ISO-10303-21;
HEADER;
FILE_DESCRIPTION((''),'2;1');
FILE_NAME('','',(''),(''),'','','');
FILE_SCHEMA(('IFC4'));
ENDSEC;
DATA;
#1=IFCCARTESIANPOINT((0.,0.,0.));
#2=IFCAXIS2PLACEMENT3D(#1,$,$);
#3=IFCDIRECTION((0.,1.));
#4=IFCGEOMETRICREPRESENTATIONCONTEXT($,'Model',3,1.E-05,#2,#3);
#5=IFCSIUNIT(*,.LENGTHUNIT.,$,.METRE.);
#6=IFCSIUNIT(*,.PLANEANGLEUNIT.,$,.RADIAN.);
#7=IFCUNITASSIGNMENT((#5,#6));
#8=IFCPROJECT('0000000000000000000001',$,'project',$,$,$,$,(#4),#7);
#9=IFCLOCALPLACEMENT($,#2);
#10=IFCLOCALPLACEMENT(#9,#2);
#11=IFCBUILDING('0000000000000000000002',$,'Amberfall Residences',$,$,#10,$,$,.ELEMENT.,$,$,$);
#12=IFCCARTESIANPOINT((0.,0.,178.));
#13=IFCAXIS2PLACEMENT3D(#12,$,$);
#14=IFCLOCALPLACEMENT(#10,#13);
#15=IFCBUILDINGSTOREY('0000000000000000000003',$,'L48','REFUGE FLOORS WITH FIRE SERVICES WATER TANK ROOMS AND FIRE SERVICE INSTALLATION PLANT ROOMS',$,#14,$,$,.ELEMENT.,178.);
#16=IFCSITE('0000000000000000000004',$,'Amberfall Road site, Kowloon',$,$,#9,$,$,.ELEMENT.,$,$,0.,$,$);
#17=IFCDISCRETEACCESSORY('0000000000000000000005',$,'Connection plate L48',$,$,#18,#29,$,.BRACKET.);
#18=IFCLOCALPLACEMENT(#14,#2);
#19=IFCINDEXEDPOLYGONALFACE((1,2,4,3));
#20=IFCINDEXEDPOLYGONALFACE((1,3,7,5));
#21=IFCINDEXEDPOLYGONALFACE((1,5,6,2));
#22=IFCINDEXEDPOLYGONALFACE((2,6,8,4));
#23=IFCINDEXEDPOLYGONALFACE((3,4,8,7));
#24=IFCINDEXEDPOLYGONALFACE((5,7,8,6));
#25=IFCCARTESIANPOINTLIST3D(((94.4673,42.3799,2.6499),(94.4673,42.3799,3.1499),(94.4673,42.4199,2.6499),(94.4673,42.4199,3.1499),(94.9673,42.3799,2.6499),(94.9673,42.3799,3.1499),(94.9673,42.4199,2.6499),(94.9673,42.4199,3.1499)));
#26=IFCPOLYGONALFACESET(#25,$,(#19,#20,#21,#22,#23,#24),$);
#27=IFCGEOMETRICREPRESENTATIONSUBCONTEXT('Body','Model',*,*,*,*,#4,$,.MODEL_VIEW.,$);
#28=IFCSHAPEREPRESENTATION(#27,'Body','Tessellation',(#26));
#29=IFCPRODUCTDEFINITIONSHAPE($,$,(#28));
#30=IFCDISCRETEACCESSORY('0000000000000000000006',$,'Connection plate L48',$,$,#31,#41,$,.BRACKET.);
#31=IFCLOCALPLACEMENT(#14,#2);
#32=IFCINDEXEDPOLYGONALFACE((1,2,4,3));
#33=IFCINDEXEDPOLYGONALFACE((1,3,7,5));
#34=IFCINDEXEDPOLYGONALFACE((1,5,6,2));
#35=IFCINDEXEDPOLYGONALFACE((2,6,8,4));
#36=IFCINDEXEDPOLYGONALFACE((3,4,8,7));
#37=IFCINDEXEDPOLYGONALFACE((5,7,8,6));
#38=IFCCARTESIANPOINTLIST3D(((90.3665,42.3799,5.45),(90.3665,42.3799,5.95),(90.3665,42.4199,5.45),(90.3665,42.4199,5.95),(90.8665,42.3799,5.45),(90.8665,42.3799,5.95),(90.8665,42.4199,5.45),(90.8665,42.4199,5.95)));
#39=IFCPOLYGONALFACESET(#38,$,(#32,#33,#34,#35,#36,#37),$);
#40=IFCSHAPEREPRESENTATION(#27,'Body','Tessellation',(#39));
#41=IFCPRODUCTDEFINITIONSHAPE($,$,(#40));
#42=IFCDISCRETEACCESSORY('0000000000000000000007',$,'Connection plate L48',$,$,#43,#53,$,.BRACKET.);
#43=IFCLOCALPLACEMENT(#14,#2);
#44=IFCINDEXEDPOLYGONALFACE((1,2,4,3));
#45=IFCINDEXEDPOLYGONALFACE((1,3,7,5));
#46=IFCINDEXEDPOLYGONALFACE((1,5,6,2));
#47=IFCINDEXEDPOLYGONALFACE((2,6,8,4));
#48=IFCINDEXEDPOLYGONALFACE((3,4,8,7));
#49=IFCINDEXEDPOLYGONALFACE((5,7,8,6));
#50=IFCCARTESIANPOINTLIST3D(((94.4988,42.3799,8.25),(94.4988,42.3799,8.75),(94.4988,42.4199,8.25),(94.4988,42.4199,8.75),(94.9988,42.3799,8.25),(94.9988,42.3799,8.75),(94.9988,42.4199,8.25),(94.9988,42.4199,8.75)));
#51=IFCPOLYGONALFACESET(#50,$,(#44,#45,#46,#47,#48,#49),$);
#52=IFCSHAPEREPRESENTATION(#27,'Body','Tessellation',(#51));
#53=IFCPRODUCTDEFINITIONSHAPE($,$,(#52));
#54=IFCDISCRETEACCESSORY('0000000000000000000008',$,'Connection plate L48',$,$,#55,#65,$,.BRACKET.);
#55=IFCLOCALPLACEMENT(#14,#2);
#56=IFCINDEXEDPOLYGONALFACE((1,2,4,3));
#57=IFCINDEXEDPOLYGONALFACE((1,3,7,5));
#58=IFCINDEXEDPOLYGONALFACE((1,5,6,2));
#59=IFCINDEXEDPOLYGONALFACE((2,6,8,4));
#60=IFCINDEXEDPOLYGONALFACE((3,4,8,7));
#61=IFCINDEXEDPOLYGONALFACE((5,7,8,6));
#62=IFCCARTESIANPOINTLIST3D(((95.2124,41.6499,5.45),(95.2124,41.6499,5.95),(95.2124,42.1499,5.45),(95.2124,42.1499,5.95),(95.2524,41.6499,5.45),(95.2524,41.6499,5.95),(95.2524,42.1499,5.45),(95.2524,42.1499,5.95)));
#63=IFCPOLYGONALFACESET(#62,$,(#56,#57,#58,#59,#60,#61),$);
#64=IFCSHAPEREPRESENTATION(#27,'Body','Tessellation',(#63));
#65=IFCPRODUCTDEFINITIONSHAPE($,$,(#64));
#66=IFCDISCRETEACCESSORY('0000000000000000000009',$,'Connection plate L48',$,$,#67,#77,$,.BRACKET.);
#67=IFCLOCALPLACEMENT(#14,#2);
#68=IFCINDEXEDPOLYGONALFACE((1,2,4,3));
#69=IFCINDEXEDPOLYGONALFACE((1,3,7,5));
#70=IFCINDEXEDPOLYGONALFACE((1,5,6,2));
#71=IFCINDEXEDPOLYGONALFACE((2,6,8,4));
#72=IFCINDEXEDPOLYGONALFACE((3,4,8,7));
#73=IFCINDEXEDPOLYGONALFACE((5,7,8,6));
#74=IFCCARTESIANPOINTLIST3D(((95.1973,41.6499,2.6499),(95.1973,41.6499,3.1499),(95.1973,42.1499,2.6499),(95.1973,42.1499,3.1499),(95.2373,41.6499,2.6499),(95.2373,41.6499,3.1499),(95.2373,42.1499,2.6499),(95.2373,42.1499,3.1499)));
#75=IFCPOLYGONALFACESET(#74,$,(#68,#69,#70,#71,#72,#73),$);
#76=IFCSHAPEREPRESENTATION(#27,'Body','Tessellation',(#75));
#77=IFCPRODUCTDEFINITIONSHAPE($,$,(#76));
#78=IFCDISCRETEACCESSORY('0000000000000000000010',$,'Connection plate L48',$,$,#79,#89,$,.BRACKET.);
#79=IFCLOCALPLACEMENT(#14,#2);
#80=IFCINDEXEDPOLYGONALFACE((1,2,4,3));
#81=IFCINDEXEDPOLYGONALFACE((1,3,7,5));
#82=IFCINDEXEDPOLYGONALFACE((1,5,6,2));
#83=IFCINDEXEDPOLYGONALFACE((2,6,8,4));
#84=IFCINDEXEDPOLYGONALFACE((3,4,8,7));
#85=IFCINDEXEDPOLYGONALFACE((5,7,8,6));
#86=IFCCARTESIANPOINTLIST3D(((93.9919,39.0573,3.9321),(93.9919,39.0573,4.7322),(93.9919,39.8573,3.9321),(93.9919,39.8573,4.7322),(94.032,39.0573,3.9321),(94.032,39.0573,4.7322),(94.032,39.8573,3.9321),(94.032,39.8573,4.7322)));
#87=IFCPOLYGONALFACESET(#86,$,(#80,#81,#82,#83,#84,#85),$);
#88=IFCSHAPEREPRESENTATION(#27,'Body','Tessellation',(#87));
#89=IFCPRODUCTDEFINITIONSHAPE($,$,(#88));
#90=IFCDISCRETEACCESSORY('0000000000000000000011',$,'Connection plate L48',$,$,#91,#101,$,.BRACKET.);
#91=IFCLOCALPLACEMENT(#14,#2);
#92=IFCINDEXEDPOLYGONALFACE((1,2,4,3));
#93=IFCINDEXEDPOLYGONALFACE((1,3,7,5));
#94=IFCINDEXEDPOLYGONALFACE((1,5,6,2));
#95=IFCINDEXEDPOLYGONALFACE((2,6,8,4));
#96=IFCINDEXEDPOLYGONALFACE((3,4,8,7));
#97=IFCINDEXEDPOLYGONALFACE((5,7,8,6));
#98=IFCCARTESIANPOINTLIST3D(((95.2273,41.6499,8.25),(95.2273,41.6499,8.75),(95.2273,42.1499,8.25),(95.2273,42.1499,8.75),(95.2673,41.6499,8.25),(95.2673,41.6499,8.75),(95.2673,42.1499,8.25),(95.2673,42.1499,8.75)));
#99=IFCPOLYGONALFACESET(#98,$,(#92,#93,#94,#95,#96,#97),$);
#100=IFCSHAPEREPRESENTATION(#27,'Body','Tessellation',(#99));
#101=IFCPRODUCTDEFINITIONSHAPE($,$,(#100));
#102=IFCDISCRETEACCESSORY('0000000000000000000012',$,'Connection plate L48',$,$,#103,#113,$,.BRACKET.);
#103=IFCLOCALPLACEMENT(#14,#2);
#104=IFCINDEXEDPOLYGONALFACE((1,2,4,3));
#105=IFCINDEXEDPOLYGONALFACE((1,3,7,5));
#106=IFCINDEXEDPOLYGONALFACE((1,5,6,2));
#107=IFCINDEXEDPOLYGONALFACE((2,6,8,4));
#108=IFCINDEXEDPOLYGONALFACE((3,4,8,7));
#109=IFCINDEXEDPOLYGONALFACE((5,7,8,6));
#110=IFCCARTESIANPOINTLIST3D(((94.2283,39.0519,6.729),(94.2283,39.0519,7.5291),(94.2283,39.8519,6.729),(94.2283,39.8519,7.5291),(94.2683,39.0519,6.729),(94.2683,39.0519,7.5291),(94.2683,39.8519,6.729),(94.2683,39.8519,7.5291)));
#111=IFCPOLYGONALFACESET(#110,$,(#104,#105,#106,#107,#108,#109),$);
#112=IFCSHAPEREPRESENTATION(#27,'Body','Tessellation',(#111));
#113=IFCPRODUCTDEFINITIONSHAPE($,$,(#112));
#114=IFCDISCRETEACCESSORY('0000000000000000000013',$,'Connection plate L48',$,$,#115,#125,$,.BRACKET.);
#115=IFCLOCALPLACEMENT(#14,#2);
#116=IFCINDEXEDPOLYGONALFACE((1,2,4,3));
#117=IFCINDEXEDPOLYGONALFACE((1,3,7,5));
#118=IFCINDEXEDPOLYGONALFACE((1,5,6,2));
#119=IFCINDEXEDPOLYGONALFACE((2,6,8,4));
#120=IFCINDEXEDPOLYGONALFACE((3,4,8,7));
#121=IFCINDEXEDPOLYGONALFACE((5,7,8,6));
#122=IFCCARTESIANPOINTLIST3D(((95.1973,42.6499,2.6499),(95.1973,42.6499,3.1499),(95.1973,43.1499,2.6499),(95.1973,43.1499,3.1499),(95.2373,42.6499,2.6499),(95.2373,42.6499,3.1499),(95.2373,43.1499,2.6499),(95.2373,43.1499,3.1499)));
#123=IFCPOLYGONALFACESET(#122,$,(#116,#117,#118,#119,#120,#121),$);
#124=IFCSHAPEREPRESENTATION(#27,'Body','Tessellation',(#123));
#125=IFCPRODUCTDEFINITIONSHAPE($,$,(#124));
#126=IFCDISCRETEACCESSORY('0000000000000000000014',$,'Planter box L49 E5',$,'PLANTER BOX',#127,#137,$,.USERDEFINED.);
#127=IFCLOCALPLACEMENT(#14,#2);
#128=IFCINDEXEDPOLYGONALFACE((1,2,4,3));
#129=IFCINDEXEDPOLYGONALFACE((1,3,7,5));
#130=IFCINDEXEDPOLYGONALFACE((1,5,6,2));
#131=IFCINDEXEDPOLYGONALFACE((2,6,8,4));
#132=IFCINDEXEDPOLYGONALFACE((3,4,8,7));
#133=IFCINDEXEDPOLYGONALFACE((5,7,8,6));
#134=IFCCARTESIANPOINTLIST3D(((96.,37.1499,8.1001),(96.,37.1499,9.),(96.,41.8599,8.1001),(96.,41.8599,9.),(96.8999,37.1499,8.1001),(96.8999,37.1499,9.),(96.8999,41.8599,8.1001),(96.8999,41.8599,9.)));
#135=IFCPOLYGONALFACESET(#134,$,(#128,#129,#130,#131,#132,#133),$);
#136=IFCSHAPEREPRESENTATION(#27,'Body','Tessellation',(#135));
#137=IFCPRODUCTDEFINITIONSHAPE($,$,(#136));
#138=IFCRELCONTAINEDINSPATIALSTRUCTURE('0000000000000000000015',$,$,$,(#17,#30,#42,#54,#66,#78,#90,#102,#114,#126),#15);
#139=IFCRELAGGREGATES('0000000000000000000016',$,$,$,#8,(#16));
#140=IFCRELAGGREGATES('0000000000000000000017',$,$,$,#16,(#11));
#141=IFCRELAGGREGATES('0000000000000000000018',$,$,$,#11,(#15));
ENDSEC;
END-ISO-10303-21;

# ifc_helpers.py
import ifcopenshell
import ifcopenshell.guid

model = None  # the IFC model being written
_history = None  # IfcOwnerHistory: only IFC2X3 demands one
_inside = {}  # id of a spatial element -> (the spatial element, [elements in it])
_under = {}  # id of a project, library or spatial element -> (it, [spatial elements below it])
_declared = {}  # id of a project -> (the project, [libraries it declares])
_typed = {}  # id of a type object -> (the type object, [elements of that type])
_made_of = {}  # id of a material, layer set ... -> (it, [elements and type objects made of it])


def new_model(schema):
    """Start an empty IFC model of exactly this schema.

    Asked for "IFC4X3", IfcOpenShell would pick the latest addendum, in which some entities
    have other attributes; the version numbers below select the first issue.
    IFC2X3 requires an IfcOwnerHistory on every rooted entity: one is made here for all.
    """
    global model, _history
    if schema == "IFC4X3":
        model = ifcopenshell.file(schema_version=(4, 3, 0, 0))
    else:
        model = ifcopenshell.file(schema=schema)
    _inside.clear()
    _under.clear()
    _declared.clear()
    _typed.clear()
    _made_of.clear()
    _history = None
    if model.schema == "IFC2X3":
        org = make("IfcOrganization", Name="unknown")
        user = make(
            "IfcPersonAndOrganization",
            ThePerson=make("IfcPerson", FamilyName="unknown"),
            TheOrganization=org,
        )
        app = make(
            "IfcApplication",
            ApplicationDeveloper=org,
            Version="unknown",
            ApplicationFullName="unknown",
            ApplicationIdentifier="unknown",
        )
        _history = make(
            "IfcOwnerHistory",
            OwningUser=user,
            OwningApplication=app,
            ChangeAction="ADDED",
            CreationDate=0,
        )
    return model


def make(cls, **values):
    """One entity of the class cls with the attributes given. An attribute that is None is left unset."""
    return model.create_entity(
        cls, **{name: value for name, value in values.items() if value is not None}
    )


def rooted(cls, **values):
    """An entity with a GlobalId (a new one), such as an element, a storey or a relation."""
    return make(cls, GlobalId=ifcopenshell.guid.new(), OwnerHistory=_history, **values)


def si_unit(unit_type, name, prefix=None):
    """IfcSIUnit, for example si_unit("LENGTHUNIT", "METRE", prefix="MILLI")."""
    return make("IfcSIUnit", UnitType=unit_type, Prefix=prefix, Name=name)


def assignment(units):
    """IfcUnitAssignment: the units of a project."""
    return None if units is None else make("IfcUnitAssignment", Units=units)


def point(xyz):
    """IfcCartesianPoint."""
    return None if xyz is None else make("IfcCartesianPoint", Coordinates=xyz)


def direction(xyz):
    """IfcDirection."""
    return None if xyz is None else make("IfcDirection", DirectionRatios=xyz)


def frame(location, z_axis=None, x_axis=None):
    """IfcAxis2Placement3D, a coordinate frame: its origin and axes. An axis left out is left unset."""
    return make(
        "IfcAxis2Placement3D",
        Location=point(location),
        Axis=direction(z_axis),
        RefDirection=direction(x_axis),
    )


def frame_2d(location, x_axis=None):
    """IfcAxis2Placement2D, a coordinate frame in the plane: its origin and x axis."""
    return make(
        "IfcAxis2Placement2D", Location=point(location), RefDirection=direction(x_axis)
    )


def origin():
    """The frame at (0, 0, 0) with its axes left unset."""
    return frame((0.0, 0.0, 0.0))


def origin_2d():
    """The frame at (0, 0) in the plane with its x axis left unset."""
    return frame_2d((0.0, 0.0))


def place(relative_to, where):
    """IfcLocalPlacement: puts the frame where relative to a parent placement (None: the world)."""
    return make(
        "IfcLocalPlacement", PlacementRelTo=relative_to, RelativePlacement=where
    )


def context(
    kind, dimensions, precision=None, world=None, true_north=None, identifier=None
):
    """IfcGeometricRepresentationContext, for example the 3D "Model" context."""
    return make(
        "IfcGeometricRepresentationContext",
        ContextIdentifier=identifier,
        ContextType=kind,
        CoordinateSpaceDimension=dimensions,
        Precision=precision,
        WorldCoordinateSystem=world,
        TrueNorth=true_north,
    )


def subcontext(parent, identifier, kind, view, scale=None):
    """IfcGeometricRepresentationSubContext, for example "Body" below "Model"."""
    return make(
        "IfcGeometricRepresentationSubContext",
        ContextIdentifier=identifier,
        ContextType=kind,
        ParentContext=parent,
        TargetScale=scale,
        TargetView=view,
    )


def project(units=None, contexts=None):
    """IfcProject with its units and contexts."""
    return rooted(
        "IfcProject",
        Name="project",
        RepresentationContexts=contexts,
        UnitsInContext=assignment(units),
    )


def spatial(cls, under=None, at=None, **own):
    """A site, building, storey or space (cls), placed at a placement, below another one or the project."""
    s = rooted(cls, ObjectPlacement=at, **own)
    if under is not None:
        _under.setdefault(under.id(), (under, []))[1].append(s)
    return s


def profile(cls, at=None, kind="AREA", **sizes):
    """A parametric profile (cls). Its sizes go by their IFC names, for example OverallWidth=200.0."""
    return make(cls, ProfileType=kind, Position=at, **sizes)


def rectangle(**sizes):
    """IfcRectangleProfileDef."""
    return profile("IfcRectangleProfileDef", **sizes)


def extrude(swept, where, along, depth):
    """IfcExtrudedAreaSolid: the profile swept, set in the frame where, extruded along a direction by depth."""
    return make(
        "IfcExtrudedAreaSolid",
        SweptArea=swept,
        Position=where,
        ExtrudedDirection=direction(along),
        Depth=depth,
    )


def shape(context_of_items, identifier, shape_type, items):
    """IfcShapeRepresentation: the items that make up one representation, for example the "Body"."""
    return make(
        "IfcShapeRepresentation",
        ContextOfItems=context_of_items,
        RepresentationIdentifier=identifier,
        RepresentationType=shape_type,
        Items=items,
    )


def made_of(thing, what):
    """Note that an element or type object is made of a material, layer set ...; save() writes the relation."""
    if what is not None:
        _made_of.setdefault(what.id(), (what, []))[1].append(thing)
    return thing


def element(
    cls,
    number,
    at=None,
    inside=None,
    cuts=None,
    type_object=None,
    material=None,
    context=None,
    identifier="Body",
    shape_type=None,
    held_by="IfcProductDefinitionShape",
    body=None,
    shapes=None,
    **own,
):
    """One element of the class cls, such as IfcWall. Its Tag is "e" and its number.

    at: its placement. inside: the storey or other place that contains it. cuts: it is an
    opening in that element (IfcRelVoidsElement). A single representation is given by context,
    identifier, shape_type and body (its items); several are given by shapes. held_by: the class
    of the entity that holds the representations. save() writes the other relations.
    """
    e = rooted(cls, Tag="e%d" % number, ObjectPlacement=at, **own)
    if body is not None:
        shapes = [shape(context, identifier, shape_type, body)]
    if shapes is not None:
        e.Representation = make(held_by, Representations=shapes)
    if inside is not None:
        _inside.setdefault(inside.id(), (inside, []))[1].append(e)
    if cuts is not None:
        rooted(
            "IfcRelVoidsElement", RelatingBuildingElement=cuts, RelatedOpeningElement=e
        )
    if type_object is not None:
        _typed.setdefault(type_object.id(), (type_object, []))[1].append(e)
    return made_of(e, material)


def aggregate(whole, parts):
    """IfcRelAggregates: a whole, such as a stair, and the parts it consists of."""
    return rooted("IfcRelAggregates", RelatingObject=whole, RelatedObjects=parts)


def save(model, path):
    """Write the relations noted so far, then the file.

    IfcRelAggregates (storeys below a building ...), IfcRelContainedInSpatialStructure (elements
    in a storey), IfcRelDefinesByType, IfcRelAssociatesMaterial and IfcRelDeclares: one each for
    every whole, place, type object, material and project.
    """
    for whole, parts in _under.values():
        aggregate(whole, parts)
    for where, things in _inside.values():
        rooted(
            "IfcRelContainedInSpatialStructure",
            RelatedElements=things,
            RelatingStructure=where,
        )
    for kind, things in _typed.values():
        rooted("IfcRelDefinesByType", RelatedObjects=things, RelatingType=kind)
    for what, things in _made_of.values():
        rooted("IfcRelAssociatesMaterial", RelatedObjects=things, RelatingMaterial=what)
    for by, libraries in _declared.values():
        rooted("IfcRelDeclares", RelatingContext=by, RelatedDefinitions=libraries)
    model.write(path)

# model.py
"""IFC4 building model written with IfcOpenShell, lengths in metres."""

from ifc_helpers import new_model, si_unit, direction, frame, origin, origin_2d, place, context, subcontext, project, spatial, rectangle, extrude, element, save


model = new_model("IFC4")

# Units and contexts
model_context = context("Model", 3, precision=1e-05, world=origin(), true_north=direction((0.0, 1.0)))
body_context = subcontext(model_context, "Body", "Model", "MODEL_VIEW")
ifc_project = project(units=[si_unit("LENGTHUNIT", "METRE"), si_unit("PLANEANGLEUNIT", "RADIAN")], contexts=[model_context])

# Site, building, storey
site_placement = place(None, origin())
site = spatial("IfcSite", under=ifc_project, at=site_placement, Name="Amberfall Road site, Kowloon", CompositionType="ELEMENT", RefElevation=0.0)
building_placement = place(site_placement, origin())
building = spatial("IfcBuilding", under=site, at=building_placement, Name="Amberfall Residences", CompositionType="ELEMENT")
storey_placement = place(building_placement, frame((0.0, 0.0, 178.0)))
storey = spatial("IfcBuildingStorey", under=building, at=storey_placement, Name="L48", Description="REFUGE FLOORS WITH FIRE SERVICES WATER TANK ROOMS AND FIRE SERVICE INSTALLATION PLANT ROOMS", CompositionType="ELEMENT", Elevation=178.0)

# Discrete accessories
for number, where, z_axis, x_axis, name in (
    (1, (94.7173, 42.3999, 2.6499), (0.0, 0.0, 1.0), (1.0, 0.0, 0.0), "Connection plate L48"),
    (2, (90.6165, 42.3999, 5.45), (0.0, 0.0, 1.0), (1.0, 0.0, 0.0), "Connection plate L48"),
    (3, (94.7488, 42.3999, 8.25), (0.0, 0.0, 1.0), (1.0, 0.0, 0.0), "Connection plate L48"),
    (4, (95.2324, 41.8999, 5.45), (0.0, 0.0, 1.0), (0.0, 1.0, 0.0), "Connection plate L48"),
    (5, (95.2173, 41.8999, 2.6499), (0.0, 0.0, 1.0), (0.0, 1.0, 0.0), "Connection plate L48"),
):
    element("IfcDiscreteAccessory", number, at=place(storey_placement, frame(where, z_axis=z_axis, x_axis=x_axis)), inside=storey, Name=name, PredefinedType="BRACKET", context=body_context, shape_type="SweptSolid", body=[
        extrude(rectangle(XDim=0.5, YDim=0.04, at=origin_2d()), origin(), (0.0, 0.0, 1.0), 0.5),
    ])
discrete_accessory_1_placement = place(storey_placement, frame((94.012, 39.4573, 3.9321), z_axis=(0.0, 0.0, 1.0), x_axis=(0.0, 1.0, 0.0)))
element("IfcDiscreteAccessory", 6, at=discrete_accessory_1_placement, inside=storey, Name="Connection plate L48", PredefinedType="BRACKET", context=body_context, shape_type="SweptSolid", body=[
    extrude(rectangle(XDim=0.8, YDim=0.04, at=origin_2d()), origin(), (0.0, 0.0, 1.0), 0.8),
])
discrete_accessory_2_placement = place(storey_placement, frame((95.2473, 41.8999, 8.25), z_axis=(0.0, 0.0, 1.0), x_axis=(0.0, 1.0, 0.0)))
element("IfcDiscreteAccessory", 7, at=discrete_accessory_2_placement, inside=storey, Name="Connection plate L48", PredefinedType="BRACKET", context=body_context, shape_type="SweptSolid", body=[
    extrude(rectangle(XDim=0.5, YDim=0.04, at=origin_2d()), origin(), (0.0, 0.0, 1.0), 0.5),
])
discrete_accessory_3_placement = place(storey_placement, frame((94.2483, 39.4519, 6.729), z_axis=(0.0, 0.0, 1.0), x_axis=(0.0, 1.0, 0.0)))
element("IfcDiscreteAccessory", 8, at=discrete_accessory_3_placement, inside=storey, Name="Connection plate L48", PredefinedType="BRACKET", context=body_context, shape_type="SweptSolid", body=[
    extrude(rectangle(XDim=0.8, YDim=0.04, at=origin_2d()), origin(), (0.0, 0.0, 1.0), 0.8),
])
discrete_accessory_4_placement = place(storey_placement, frame((95.2173, 42.8999, 2.6499), z_axis=(0.0, 0.0, 1.0), x_axis=(0.0, 1.0, 0.0)))
element("IfcDiscreteAccessory", 9, at=discrete_accessory_4_placement, inside=storey, Name="Connection plate L48", PredefinedType="BRACKET", context=body_context, shape_type="SweptSolid", body=[
    extrude(rectangle(XDim=0.5, YDim=0.04, at=origin_2d()), origin(), (0.0, 0.0, 1.0), 0.5),
])
discrete_accessory_5_placement = place(storey_placement, frame((96.45, 39.5049, 8.1001), z_axis=(0.0, 0.0, 1.0), x_axis=(0.0, 1.0, 0.0)))
element("IfcDiscreteAccessory", 10, at=discrete_accessory_5_placement, inside=storey, Name="Planter box L49 E5", ObjectType="PLANTER BOX", PredefinedType="USERDEFINED", context=body_context, shape_type="SweptSolid", body=[
    extrude(rectangle(XDim=4.71, YDim=0.8999, at=origin_2d()), origin(), (0.0, 0.0, 1.0), 0.8999),
])

save(model, "model.ifc")
